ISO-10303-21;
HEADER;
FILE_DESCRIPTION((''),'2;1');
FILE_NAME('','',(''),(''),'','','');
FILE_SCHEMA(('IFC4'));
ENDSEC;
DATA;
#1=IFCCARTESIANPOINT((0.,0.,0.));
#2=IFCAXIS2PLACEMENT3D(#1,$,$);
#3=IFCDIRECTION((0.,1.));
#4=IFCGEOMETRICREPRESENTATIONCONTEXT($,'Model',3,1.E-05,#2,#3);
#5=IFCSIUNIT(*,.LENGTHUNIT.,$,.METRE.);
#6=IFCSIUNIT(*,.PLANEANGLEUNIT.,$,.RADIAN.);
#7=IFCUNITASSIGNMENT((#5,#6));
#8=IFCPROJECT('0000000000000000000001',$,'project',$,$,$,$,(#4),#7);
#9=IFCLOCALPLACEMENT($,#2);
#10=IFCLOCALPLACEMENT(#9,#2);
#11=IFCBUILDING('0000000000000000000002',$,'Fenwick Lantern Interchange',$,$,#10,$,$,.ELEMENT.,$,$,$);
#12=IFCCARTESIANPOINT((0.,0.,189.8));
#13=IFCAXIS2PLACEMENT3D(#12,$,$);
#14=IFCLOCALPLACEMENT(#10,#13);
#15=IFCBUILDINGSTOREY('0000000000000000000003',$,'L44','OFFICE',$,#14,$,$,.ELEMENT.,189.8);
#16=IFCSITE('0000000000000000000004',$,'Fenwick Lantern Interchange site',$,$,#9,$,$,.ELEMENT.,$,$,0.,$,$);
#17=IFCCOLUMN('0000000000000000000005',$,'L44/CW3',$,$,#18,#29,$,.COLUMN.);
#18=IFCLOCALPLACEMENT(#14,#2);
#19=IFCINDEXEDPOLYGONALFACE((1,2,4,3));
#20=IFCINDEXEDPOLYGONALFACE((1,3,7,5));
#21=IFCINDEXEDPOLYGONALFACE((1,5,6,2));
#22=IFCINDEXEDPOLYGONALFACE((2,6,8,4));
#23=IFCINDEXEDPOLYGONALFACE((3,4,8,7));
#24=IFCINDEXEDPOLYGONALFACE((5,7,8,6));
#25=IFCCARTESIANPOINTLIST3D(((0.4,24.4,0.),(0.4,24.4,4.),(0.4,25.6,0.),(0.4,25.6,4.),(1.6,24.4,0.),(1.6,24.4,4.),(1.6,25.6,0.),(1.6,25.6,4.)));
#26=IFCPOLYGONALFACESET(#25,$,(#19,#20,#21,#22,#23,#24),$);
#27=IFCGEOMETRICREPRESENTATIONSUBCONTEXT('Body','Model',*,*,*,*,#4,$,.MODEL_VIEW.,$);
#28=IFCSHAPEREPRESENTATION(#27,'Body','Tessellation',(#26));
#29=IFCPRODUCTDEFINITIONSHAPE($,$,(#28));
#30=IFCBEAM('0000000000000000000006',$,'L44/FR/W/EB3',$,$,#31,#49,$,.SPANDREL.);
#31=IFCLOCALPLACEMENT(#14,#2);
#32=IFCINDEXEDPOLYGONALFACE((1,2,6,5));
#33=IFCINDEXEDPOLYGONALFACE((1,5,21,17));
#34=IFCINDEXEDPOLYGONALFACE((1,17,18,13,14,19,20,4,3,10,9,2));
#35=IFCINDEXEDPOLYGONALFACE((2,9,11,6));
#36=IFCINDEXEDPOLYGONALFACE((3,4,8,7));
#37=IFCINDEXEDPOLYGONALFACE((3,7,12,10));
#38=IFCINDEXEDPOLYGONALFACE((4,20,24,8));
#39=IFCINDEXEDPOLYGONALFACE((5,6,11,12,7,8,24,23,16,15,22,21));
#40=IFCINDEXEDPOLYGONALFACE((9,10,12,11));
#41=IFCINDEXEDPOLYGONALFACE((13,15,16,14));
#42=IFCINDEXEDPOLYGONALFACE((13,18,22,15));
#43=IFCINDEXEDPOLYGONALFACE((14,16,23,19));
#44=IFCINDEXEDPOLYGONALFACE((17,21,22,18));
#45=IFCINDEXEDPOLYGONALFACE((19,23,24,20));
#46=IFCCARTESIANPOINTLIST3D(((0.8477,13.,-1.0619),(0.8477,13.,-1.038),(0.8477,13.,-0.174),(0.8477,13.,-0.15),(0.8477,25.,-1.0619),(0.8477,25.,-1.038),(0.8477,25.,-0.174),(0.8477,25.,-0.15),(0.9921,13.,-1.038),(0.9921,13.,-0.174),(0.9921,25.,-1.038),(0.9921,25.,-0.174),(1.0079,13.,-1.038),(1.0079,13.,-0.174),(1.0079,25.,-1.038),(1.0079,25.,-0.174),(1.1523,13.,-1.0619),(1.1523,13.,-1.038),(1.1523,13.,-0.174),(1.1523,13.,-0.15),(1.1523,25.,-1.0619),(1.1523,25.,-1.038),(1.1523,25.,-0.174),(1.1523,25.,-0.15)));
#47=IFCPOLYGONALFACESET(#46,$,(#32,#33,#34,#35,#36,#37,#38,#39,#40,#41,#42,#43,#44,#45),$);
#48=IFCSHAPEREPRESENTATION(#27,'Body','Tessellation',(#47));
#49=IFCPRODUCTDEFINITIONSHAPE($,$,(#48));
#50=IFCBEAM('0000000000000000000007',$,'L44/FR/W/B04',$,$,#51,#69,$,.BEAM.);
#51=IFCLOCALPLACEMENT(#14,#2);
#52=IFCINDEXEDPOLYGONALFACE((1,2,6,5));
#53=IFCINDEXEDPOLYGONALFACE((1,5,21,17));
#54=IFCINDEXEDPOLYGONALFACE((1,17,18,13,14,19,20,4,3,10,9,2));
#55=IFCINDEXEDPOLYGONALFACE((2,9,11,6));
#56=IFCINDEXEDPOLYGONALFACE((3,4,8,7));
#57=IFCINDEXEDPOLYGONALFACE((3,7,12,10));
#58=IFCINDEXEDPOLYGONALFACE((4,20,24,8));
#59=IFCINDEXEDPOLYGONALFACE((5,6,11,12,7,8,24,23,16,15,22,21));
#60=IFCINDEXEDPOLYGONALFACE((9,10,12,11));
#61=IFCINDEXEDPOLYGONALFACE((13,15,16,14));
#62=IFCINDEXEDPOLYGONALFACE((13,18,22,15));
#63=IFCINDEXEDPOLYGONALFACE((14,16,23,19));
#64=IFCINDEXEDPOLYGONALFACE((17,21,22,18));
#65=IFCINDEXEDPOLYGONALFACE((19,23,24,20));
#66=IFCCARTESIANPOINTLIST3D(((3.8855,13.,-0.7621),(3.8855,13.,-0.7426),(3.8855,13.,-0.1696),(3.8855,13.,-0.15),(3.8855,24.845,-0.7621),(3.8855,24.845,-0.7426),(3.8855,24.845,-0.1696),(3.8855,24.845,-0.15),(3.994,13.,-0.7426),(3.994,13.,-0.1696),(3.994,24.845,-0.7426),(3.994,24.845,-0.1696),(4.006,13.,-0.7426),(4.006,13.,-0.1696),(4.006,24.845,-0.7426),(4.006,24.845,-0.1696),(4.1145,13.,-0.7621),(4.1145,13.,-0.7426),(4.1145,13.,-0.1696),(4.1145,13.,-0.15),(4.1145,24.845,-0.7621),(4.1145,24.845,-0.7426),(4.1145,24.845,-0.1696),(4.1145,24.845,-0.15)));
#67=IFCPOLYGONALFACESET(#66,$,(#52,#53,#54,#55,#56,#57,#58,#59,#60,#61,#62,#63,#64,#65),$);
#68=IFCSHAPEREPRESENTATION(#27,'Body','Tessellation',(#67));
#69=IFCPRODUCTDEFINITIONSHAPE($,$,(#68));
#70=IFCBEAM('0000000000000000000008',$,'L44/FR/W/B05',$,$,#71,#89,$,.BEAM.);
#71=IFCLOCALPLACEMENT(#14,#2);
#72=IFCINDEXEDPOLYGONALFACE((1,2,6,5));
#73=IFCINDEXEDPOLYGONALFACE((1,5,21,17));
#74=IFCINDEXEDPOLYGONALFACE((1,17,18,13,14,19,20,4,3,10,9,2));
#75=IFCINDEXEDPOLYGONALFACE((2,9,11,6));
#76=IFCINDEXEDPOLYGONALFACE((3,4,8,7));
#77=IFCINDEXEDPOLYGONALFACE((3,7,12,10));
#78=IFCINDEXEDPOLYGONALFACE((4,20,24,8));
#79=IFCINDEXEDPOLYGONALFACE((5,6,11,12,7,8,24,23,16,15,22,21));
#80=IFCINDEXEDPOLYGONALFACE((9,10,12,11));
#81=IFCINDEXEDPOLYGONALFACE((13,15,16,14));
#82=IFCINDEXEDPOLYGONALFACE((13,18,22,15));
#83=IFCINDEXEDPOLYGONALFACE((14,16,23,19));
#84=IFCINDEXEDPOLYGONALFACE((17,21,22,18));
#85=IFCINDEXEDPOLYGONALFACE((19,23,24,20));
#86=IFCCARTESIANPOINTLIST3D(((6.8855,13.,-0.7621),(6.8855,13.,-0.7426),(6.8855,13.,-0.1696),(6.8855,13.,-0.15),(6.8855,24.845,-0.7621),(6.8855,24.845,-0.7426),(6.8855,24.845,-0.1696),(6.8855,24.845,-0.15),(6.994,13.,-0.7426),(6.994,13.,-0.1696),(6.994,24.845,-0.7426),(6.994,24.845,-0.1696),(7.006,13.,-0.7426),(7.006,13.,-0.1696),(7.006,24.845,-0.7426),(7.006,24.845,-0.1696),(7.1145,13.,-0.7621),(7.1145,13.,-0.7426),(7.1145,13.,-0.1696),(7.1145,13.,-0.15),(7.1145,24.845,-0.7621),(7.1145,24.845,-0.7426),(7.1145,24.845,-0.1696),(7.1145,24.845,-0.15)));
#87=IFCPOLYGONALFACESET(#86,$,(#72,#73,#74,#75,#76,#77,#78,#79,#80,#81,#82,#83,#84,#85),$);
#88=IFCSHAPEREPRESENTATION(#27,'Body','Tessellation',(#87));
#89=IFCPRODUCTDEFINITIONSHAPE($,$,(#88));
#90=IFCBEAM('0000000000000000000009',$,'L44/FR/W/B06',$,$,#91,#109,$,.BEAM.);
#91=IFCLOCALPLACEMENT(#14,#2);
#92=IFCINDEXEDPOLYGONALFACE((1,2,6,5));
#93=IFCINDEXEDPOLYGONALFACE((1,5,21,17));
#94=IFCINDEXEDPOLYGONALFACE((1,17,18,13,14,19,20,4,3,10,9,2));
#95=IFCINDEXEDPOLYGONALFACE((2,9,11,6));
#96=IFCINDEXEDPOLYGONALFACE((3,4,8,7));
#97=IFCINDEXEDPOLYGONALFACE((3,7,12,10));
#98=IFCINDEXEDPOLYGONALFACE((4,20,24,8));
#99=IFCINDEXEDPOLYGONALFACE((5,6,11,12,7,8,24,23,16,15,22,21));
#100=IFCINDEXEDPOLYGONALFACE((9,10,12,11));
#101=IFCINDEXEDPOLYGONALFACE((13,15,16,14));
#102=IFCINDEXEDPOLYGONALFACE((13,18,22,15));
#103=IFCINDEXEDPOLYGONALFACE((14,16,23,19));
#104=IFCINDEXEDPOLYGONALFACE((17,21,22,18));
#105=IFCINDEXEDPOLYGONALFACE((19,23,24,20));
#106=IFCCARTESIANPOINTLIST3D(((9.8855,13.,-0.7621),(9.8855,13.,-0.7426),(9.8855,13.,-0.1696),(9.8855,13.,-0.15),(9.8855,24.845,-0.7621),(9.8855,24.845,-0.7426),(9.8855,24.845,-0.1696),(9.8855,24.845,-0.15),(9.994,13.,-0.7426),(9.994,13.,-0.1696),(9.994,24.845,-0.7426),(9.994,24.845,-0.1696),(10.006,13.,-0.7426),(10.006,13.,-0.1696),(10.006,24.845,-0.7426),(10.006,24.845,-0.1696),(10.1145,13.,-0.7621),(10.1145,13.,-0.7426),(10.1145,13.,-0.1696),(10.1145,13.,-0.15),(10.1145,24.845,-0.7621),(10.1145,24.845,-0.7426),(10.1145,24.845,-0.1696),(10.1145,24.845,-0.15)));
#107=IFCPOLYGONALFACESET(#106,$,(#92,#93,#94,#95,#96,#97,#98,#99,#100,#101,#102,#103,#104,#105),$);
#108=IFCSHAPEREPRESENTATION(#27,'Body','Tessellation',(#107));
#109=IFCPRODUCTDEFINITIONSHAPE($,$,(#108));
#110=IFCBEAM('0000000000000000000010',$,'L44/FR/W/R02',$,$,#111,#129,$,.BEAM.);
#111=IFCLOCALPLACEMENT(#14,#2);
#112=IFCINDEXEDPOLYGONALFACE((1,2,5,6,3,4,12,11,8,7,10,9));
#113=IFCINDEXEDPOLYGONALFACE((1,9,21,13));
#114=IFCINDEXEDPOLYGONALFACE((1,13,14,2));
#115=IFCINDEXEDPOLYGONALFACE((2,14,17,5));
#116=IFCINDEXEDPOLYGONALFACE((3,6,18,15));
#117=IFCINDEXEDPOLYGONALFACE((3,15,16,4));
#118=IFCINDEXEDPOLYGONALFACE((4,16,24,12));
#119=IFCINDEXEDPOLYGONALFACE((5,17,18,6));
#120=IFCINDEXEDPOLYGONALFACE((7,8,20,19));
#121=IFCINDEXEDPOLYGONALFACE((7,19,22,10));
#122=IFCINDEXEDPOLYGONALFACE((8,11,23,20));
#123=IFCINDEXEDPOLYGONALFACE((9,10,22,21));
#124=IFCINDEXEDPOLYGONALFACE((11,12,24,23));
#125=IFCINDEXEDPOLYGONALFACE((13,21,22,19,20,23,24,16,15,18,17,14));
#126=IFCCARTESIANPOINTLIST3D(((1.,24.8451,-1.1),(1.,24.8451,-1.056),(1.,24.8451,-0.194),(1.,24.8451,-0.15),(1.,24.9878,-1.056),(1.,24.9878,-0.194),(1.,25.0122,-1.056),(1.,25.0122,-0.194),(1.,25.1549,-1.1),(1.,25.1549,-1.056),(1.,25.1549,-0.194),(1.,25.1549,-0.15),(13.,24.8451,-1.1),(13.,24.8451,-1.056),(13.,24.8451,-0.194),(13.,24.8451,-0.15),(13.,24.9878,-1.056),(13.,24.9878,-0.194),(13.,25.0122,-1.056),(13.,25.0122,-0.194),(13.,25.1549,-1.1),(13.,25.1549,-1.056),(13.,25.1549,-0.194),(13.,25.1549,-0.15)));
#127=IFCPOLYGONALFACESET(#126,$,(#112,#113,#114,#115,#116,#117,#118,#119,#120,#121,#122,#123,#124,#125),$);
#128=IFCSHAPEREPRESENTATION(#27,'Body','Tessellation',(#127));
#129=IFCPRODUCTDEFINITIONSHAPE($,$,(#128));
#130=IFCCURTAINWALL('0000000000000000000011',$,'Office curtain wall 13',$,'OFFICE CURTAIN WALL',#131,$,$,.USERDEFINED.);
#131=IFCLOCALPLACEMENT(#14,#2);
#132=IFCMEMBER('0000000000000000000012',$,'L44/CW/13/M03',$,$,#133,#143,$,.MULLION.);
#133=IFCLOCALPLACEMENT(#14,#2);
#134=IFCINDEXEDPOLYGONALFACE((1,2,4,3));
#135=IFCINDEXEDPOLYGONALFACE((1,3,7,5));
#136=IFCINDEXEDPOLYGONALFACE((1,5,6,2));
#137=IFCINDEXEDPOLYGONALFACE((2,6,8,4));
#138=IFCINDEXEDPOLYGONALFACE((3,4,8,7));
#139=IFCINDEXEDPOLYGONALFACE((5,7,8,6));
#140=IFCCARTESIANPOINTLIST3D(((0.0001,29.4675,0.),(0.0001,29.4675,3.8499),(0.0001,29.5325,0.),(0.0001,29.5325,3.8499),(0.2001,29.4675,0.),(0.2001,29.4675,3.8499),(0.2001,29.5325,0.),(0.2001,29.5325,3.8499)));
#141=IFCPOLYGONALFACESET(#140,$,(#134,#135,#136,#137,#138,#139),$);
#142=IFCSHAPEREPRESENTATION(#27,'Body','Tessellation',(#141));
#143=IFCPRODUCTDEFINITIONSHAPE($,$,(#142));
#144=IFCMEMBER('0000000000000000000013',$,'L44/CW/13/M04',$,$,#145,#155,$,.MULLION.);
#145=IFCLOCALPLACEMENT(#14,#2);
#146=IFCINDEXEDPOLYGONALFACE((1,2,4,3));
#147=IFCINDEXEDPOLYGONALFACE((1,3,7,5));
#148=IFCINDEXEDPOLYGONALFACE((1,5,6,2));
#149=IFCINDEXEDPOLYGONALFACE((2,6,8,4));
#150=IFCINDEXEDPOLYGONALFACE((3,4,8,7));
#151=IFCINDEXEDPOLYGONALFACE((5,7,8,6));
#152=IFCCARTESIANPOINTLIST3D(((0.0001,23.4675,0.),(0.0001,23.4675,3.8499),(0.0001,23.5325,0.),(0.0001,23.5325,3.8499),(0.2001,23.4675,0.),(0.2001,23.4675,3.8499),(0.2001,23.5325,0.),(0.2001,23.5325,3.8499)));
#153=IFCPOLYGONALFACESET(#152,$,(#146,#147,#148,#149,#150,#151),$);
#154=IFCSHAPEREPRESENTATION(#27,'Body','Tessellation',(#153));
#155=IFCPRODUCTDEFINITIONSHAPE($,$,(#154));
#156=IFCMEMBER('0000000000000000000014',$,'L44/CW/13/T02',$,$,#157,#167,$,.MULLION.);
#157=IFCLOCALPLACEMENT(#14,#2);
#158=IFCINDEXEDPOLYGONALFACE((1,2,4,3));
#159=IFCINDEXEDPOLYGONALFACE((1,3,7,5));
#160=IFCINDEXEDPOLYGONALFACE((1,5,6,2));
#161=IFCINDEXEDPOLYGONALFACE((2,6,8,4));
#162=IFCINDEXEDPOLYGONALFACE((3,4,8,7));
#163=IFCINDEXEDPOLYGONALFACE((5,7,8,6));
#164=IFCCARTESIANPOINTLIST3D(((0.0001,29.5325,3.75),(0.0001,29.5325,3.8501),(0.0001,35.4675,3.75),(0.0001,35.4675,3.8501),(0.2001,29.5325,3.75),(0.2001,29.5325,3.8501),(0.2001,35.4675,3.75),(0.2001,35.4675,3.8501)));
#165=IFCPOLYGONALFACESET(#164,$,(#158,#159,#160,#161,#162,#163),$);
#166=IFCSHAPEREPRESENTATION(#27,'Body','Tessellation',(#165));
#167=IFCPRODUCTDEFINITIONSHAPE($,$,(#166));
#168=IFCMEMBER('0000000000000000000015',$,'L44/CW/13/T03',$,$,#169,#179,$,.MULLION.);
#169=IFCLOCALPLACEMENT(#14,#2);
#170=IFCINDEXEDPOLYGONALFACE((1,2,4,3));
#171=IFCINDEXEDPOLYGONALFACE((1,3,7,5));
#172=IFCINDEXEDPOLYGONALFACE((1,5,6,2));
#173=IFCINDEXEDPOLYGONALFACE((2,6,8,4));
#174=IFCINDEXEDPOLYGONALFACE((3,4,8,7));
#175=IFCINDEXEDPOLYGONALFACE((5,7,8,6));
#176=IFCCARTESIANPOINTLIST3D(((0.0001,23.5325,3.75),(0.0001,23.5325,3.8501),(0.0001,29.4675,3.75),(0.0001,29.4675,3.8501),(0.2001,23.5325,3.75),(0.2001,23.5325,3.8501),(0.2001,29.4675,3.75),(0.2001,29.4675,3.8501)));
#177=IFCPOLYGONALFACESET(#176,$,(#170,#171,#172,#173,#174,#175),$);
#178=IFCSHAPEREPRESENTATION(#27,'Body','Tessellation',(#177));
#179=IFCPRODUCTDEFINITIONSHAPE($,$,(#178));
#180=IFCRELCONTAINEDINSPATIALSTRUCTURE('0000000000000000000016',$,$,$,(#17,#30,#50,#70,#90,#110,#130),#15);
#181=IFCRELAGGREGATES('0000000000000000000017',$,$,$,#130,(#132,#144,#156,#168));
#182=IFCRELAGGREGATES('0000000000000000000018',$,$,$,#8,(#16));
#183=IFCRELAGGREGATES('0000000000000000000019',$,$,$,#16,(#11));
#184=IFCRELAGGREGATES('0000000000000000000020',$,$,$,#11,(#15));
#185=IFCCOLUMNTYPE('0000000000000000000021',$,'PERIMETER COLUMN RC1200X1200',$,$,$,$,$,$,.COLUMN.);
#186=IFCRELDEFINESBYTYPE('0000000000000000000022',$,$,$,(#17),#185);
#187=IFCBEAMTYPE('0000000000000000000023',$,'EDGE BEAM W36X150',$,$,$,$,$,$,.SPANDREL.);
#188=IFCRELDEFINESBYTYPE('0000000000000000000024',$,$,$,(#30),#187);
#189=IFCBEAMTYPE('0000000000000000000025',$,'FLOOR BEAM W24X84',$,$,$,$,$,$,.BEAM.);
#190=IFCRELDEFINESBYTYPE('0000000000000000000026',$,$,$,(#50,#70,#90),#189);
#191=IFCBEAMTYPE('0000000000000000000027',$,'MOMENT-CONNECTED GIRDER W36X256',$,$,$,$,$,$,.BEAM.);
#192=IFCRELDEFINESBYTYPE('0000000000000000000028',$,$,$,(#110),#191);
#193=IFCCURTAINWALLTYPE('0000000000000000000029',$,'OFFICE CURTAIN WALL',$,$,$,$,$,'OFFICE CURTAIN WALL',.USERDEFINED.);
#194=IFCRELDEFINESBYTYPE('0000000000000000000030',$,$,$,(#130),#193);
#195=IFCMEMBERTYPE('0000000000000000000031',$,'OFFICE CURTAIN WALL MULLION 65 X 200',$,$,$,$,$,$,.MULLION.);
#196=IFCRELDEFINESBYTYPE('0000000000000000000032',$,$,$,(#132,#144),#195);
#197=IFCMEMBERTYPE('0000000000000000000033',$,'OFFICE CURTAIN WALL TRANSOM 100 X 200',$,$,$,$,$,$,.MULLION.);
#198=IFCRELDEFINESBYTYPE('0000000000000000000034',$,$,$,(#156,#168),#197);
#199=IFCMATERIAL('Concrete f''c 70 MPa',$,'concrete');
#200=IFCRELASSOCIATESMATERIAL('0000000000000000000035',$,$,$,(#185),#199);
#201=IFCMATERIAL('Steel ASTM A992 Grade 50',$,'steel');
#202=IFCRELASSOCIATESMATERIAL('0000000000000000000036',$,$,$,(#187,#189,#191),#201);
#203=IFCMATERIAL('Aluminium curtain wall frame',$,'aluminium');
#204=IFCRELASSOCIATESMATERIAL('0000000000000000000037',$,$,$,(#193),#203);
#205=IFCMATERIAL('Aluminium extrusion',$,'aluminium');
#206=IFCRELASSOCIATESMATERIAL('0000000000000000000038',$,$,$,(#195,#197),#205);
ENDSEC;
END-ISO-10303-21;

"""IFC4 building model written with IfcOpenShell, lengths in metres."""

from ifc_helpers import new_model, si_unit, direction, frame, origin, origin_2d, place, context, subcontext, project, spatial, rectangle, i_section, extrude, material, material_profile, profile_set, type_object, element, aggregate, save


model = new_model("IFC4")

# Units and contexts
model_context = context("Model", 3, precision=1e-05, world=origin(), true_north=direction((0.0, 1.0)))
body_context = subcontext(model_context, "Body", "Model", "MODEL_VIEW")
ifc_project = project(units=[si_unit("LENGTHUNIT", "METRE"), si_unit("PLANEANGLEUNIT", "RADIAN")], contexts=[model_context])

# Site, building, storey
site_placement = place(None, origin())
site = spatial("IfcSite", under=ifc_project, at=site_placement, Name="Fenwick Lantern Interchange site", CompositionType="ELEMENT", RefElevation=0.0)
building_placement = place(site_placement, origin())
building = spatial("IfcBuilding", under=site, at=building_placement, Name="Fenwick Lantern Interchange", CompositionType="ELEMENT")
storey_placement = place(building_placement, frame((0.0, 0.0, 189.8)))
storey = spatial("IfcBuildingStorey", under=building, at=storey_placement, Name="L44", Description="OFFICE", CompositionType="ELEMENT", Elevation=189.8)

# Column
ifc_material_1 = material(Name="Concrete f'c 70 MPa", Category="concrete")
ifc_material_profile_1 = material_profile(ifc_material_1, rectangle(XDim=1.2, YDim=1.2, at=origin_2d()), Name="RC1200X1200")
ifc_profile_set_1 = profile_set([ifc_material_profile_1], Name="Concrete f'c 70 MPa")
column_type = type_object("IfcColumnType", Name="PERIMETER COLUMN RC1200X1200", PredefinedType="COLUMN", material=ifc_profile_set_1)
column_placement = place(storey_placement, frame((1.0, 25.0, 0.0), z_axis=(0.0, 0.0, 1.0), x_axis=(1.0, 0.0, 0.0)))
element("IfcColumn", 1, at=column_placement, inside=storey, type_object=column_type, Name="L44/CW3", PredefinedType="COLUMN", context=body_context, shape_type="SweptSolid", body=[
    extrude(rectangle(XDim=1.2, YDim=1.2, at=origin_2d()), origin(), (0.0, 0.0, 1.0), 4.0),
])

# Beams
ifc_material_2 = material(Name="Steel ASTM A992 Grade 50", Category="steel")
ifc_material_profile_2 = material_profile(ifc_material_2, i_section(OverallWidth=0.3047, OverallDepth=0.9119, WebThickness=0.0159, FlangeThickness=0.0239, at=origin_2d()), Name="W36X150")
ifc_profile_set_2 = profile_set([ifc_material_profile_2], Name="Steel ASTM A992 Grade 50")
beam_type_1 = type_object("IfcBeamType", Name="EDGE BEAM W36X150", PredefinedType="SPANDREL", material=ifc_profile_set_2)
beam_1_placement = place(storey_placement, frame((1.0, 25.0, -0.606), z_axis=(0.0, -1.0, 0.0), x_axis=(1.0, 0.0, 0.0)))
element("IfcBeam", 2, at=beam_1_placement, inside=storey, type_object=beam_type_1, Name="L44/FR/W/EB3", PredefinedType="SPANDREL", context=body_context, shape_type="SweptSolid", body=[
    extrude(i_section(OverallWidth=0.3047, OverallDepth=0.9119, WebThickness=0.0159, FlangeThickness=0.0239, at=origin_2d()), origin(), (0.0, 0.0, 1.0), 12.0),
])
ifc_material_profile_3 = material_profile(ifc_material_2, i_section(OverallWidth=0.229, OverallDepth=0.6121, WebThickness=0.012, FlangeThickness=0.0195, at=origin_2d()), Name="W24X84")
ifc_profile_set_3 = profile_set([ifc_material_profile_3], Name="Steel ASTM A992 Grade 50")
beam_type_2 = type_object("IfcBeamType", Name="FLOOR BEAM W24X84", PredefinedType="BEAM", material=ifc_profile_set_3)
for number, where, z_axis, x_axis, name in (
    (3, (4.0, 24.845, -0.4561), (0.0, -1.0, 0.0), (1.0, 0.0, 0.0), "L44/FR/W/B04"),
    (4, (7.0, 24.845, -0.4561), (0.0, -1.0, 0.0), (1.0, 0.0, 0.0), "L44/FR/W/B05"),
    (5, (10.0, 24.845, -0.4561), (0.0, -1.0, 0.0), (1.0, 0.0, 0.0), "L44/FR/W/B06"),
):
    element("IfcBeam", number, at=place(storey_placement, frame(where, z_axis=z_axis, x_axis=x_axis)), inside=storey, type_object=beam_type_2, Name=name, PredefinedType="BEAM", context=body_context, shape_type="SweptSolid", body=[
        extrude(i_section(OverallWidth=0.229, OverallDepth=0.6121, WebThickness=0.012, FlangeThickness=0.0195, at=origin_2d()), origin(), (0.0, 0.0, 1.0), 11.845),
    ])
ifc_material_profile_4 = material_profile(ifc_material_2, i_section(OverallWidth=0.3098, OverallDepth=0.95, WebThickness=0.0244, FlangeThickness=0.0439, at=origin_2d()), Name="W36X256")
ifc_profile_set_4 = profile_set([ifc_material_profile_4], Name="Steel ASTM A992 Grade 50")
beam_type_3 = type_object("IfcBeamType", Name="MOMENT-CONNECTED GIRDER W36X256", PredefinedType="BEAM", material=ifc_profile_set_4)
beam_2_placement = place(storey_placement, frame((1.0, 25.0, -0.625), z_axis=(1.0, 0.0, 0.0), x_axis=(0.0, 1.0, 0.0)))
element("IfcBeam", 6, at=beam_2_placement, inside=storey, type_object=beam_type_3, Name="L44/FR/W/R02", PredefinedType="BEAM", context=body_context, shape_type="SweptSolid", body=[
    extrude(i_section(OverallWidth=0.3098, OverallDepth=0.95, WebThickness=0.0244, FlangeThickness=0.0439, at=origin_2d()), origin(), (0.0, 0.0, 1.0), 12.0),
])

# Curtain wall, members
ifc_material_3 = material(Name="Aluminium curtain wall frame", Category="aluminium")
curtain_wall_type = type_object("IfcCurtainWallType", Name="OFFICE CURTAIN WALL", ElementType="OFFICE CURTAIN WALL", PredefinedType="USERDEFINED", material=ifc_material_3)
curtain_wall_placement = place(storey_placement, origin())
curtain_wall = element("IfcCurtainWall", 7, at=curtain_wall_placement, inside=storey, type_object=curtain_wall_type, Name="Office curtain wall 13", ObjectType="OFFICE CURTAIN WALL", PredefinedType="USERDEFINED")
ifc_material_4 = material(Name="Aluminium extrusion", Category="aluminium")
ifc_material_profile_5 = material_profile(ifc_material_4, rectangle(XDim=0.2, YDim=0.0649, at=origin_2d()), Name="OFFICE CURTAIN WALL MULLION 65 X 200")
ifc_profile_set_5 = profile_set([ifc_material_profile_5], Name="Aluminium extrusion")
member_type_1 = type_object("IfcMemberType", Name="OFFICE CURTAIN WALL MULLION 65 X 200", PredefinedType="MULLION", material=ifc_profile_set_5)
member_1_placement = place(storey_placement, frame((0.1001, 29.5, 0.0), z_axis=(0.0, 0.0, 1.0), x_axis=(1.0, 0.0, 0.0)))
member_1 = element("IfcMember", 8, at=member_1_placement, type_object=member_type_1, Name="L44/CW/13/M03", PredefinedType="MULLION", context=body_context, shape_type="SweptSolid", body=[
    extrude(rectangle(XDim=0.2, YDim=0.0649, at=origin_2d()), origin(), (0.0, 0.0, 1.0), 3.8499),
])
member_2_placement = place(storey_placement, frame((0.1001, 23.5, 0.0), z_axis=(0.0, 0.0, 1.0), x_axis=(1.0, 0.0, 0.0)))
member_2 = element("IfcMember", 9, at=member_2_placement, type_object=member_type_1, Name="L44/CW/13/M04", PredefinedType="MULLION", context=body_context, shape_type="SweptSolid", body=[
    extrude(rectangle(XDim=0.2, YDim=0.0649, at=origin_2d()), origin(), (0.0, 0.0, 1.0), 3.8499),
])
ifc_material_profile_6 = material_profile(ifc_material_4, rectangle(XDim=0.2, YDim=0.1001, at=origin_2d()), Name="OFFICE CURTAIN WALL TRANSOM 100 X 200")
ifc_profile_set_6 = profile_set([ifc_material_profile_6], Name="Aluminium extrusion")
member_type_2 = type_object("IfcMemberType", Name="OFFICE CURTAIN WALL TRANSOM 100 X 200", PredefinedType="MULLION", material=ifc_profile_set_6)
member_3_placement = place(storey_placement, frame((0.1001, 35.4675, 3.8), z_axis=(0.0, -1.0, 0.0), x_axis=(1.0, 0.0, 0.0)))
member_3 = element("IfcMember", 10, at=member_3_placement, type_object=member_type_2, Name="L44/CW/13/T02", PredefinedType="MULLION", context=body_context, shape_type="SweptSolid", body=[
    extrude(rectangle(XDim=0.2, YDim=0.1001, at=origin_2d()), origin(), (0.0, 0.0, 1.0), 5.9351),
])
member_4_placement = place(storey_placement, frame((0.1001, 29.4675, 3.8), z_axis=(0.0, -1.0, 0.0), x_axis=(1.0, 0.0, 0.0)))
member_4 = element("IfcMember", 11, at=member_4_placement, type_object=member_type_2, Name="L44/CW/13/T03", PredefinedType="MULLION", context=body_context, shape_type="SweptSolid", body=[
    extrude(rectangle(XDim=0.2, YDim=0.1001, at=origin_2d()), origin(), (0.0, 0.0, 1.0), 5.9351),
])
aggregate(curtain_wall, [member_1, member_2, member_3, member_4])

save(model, "model.ifc")
